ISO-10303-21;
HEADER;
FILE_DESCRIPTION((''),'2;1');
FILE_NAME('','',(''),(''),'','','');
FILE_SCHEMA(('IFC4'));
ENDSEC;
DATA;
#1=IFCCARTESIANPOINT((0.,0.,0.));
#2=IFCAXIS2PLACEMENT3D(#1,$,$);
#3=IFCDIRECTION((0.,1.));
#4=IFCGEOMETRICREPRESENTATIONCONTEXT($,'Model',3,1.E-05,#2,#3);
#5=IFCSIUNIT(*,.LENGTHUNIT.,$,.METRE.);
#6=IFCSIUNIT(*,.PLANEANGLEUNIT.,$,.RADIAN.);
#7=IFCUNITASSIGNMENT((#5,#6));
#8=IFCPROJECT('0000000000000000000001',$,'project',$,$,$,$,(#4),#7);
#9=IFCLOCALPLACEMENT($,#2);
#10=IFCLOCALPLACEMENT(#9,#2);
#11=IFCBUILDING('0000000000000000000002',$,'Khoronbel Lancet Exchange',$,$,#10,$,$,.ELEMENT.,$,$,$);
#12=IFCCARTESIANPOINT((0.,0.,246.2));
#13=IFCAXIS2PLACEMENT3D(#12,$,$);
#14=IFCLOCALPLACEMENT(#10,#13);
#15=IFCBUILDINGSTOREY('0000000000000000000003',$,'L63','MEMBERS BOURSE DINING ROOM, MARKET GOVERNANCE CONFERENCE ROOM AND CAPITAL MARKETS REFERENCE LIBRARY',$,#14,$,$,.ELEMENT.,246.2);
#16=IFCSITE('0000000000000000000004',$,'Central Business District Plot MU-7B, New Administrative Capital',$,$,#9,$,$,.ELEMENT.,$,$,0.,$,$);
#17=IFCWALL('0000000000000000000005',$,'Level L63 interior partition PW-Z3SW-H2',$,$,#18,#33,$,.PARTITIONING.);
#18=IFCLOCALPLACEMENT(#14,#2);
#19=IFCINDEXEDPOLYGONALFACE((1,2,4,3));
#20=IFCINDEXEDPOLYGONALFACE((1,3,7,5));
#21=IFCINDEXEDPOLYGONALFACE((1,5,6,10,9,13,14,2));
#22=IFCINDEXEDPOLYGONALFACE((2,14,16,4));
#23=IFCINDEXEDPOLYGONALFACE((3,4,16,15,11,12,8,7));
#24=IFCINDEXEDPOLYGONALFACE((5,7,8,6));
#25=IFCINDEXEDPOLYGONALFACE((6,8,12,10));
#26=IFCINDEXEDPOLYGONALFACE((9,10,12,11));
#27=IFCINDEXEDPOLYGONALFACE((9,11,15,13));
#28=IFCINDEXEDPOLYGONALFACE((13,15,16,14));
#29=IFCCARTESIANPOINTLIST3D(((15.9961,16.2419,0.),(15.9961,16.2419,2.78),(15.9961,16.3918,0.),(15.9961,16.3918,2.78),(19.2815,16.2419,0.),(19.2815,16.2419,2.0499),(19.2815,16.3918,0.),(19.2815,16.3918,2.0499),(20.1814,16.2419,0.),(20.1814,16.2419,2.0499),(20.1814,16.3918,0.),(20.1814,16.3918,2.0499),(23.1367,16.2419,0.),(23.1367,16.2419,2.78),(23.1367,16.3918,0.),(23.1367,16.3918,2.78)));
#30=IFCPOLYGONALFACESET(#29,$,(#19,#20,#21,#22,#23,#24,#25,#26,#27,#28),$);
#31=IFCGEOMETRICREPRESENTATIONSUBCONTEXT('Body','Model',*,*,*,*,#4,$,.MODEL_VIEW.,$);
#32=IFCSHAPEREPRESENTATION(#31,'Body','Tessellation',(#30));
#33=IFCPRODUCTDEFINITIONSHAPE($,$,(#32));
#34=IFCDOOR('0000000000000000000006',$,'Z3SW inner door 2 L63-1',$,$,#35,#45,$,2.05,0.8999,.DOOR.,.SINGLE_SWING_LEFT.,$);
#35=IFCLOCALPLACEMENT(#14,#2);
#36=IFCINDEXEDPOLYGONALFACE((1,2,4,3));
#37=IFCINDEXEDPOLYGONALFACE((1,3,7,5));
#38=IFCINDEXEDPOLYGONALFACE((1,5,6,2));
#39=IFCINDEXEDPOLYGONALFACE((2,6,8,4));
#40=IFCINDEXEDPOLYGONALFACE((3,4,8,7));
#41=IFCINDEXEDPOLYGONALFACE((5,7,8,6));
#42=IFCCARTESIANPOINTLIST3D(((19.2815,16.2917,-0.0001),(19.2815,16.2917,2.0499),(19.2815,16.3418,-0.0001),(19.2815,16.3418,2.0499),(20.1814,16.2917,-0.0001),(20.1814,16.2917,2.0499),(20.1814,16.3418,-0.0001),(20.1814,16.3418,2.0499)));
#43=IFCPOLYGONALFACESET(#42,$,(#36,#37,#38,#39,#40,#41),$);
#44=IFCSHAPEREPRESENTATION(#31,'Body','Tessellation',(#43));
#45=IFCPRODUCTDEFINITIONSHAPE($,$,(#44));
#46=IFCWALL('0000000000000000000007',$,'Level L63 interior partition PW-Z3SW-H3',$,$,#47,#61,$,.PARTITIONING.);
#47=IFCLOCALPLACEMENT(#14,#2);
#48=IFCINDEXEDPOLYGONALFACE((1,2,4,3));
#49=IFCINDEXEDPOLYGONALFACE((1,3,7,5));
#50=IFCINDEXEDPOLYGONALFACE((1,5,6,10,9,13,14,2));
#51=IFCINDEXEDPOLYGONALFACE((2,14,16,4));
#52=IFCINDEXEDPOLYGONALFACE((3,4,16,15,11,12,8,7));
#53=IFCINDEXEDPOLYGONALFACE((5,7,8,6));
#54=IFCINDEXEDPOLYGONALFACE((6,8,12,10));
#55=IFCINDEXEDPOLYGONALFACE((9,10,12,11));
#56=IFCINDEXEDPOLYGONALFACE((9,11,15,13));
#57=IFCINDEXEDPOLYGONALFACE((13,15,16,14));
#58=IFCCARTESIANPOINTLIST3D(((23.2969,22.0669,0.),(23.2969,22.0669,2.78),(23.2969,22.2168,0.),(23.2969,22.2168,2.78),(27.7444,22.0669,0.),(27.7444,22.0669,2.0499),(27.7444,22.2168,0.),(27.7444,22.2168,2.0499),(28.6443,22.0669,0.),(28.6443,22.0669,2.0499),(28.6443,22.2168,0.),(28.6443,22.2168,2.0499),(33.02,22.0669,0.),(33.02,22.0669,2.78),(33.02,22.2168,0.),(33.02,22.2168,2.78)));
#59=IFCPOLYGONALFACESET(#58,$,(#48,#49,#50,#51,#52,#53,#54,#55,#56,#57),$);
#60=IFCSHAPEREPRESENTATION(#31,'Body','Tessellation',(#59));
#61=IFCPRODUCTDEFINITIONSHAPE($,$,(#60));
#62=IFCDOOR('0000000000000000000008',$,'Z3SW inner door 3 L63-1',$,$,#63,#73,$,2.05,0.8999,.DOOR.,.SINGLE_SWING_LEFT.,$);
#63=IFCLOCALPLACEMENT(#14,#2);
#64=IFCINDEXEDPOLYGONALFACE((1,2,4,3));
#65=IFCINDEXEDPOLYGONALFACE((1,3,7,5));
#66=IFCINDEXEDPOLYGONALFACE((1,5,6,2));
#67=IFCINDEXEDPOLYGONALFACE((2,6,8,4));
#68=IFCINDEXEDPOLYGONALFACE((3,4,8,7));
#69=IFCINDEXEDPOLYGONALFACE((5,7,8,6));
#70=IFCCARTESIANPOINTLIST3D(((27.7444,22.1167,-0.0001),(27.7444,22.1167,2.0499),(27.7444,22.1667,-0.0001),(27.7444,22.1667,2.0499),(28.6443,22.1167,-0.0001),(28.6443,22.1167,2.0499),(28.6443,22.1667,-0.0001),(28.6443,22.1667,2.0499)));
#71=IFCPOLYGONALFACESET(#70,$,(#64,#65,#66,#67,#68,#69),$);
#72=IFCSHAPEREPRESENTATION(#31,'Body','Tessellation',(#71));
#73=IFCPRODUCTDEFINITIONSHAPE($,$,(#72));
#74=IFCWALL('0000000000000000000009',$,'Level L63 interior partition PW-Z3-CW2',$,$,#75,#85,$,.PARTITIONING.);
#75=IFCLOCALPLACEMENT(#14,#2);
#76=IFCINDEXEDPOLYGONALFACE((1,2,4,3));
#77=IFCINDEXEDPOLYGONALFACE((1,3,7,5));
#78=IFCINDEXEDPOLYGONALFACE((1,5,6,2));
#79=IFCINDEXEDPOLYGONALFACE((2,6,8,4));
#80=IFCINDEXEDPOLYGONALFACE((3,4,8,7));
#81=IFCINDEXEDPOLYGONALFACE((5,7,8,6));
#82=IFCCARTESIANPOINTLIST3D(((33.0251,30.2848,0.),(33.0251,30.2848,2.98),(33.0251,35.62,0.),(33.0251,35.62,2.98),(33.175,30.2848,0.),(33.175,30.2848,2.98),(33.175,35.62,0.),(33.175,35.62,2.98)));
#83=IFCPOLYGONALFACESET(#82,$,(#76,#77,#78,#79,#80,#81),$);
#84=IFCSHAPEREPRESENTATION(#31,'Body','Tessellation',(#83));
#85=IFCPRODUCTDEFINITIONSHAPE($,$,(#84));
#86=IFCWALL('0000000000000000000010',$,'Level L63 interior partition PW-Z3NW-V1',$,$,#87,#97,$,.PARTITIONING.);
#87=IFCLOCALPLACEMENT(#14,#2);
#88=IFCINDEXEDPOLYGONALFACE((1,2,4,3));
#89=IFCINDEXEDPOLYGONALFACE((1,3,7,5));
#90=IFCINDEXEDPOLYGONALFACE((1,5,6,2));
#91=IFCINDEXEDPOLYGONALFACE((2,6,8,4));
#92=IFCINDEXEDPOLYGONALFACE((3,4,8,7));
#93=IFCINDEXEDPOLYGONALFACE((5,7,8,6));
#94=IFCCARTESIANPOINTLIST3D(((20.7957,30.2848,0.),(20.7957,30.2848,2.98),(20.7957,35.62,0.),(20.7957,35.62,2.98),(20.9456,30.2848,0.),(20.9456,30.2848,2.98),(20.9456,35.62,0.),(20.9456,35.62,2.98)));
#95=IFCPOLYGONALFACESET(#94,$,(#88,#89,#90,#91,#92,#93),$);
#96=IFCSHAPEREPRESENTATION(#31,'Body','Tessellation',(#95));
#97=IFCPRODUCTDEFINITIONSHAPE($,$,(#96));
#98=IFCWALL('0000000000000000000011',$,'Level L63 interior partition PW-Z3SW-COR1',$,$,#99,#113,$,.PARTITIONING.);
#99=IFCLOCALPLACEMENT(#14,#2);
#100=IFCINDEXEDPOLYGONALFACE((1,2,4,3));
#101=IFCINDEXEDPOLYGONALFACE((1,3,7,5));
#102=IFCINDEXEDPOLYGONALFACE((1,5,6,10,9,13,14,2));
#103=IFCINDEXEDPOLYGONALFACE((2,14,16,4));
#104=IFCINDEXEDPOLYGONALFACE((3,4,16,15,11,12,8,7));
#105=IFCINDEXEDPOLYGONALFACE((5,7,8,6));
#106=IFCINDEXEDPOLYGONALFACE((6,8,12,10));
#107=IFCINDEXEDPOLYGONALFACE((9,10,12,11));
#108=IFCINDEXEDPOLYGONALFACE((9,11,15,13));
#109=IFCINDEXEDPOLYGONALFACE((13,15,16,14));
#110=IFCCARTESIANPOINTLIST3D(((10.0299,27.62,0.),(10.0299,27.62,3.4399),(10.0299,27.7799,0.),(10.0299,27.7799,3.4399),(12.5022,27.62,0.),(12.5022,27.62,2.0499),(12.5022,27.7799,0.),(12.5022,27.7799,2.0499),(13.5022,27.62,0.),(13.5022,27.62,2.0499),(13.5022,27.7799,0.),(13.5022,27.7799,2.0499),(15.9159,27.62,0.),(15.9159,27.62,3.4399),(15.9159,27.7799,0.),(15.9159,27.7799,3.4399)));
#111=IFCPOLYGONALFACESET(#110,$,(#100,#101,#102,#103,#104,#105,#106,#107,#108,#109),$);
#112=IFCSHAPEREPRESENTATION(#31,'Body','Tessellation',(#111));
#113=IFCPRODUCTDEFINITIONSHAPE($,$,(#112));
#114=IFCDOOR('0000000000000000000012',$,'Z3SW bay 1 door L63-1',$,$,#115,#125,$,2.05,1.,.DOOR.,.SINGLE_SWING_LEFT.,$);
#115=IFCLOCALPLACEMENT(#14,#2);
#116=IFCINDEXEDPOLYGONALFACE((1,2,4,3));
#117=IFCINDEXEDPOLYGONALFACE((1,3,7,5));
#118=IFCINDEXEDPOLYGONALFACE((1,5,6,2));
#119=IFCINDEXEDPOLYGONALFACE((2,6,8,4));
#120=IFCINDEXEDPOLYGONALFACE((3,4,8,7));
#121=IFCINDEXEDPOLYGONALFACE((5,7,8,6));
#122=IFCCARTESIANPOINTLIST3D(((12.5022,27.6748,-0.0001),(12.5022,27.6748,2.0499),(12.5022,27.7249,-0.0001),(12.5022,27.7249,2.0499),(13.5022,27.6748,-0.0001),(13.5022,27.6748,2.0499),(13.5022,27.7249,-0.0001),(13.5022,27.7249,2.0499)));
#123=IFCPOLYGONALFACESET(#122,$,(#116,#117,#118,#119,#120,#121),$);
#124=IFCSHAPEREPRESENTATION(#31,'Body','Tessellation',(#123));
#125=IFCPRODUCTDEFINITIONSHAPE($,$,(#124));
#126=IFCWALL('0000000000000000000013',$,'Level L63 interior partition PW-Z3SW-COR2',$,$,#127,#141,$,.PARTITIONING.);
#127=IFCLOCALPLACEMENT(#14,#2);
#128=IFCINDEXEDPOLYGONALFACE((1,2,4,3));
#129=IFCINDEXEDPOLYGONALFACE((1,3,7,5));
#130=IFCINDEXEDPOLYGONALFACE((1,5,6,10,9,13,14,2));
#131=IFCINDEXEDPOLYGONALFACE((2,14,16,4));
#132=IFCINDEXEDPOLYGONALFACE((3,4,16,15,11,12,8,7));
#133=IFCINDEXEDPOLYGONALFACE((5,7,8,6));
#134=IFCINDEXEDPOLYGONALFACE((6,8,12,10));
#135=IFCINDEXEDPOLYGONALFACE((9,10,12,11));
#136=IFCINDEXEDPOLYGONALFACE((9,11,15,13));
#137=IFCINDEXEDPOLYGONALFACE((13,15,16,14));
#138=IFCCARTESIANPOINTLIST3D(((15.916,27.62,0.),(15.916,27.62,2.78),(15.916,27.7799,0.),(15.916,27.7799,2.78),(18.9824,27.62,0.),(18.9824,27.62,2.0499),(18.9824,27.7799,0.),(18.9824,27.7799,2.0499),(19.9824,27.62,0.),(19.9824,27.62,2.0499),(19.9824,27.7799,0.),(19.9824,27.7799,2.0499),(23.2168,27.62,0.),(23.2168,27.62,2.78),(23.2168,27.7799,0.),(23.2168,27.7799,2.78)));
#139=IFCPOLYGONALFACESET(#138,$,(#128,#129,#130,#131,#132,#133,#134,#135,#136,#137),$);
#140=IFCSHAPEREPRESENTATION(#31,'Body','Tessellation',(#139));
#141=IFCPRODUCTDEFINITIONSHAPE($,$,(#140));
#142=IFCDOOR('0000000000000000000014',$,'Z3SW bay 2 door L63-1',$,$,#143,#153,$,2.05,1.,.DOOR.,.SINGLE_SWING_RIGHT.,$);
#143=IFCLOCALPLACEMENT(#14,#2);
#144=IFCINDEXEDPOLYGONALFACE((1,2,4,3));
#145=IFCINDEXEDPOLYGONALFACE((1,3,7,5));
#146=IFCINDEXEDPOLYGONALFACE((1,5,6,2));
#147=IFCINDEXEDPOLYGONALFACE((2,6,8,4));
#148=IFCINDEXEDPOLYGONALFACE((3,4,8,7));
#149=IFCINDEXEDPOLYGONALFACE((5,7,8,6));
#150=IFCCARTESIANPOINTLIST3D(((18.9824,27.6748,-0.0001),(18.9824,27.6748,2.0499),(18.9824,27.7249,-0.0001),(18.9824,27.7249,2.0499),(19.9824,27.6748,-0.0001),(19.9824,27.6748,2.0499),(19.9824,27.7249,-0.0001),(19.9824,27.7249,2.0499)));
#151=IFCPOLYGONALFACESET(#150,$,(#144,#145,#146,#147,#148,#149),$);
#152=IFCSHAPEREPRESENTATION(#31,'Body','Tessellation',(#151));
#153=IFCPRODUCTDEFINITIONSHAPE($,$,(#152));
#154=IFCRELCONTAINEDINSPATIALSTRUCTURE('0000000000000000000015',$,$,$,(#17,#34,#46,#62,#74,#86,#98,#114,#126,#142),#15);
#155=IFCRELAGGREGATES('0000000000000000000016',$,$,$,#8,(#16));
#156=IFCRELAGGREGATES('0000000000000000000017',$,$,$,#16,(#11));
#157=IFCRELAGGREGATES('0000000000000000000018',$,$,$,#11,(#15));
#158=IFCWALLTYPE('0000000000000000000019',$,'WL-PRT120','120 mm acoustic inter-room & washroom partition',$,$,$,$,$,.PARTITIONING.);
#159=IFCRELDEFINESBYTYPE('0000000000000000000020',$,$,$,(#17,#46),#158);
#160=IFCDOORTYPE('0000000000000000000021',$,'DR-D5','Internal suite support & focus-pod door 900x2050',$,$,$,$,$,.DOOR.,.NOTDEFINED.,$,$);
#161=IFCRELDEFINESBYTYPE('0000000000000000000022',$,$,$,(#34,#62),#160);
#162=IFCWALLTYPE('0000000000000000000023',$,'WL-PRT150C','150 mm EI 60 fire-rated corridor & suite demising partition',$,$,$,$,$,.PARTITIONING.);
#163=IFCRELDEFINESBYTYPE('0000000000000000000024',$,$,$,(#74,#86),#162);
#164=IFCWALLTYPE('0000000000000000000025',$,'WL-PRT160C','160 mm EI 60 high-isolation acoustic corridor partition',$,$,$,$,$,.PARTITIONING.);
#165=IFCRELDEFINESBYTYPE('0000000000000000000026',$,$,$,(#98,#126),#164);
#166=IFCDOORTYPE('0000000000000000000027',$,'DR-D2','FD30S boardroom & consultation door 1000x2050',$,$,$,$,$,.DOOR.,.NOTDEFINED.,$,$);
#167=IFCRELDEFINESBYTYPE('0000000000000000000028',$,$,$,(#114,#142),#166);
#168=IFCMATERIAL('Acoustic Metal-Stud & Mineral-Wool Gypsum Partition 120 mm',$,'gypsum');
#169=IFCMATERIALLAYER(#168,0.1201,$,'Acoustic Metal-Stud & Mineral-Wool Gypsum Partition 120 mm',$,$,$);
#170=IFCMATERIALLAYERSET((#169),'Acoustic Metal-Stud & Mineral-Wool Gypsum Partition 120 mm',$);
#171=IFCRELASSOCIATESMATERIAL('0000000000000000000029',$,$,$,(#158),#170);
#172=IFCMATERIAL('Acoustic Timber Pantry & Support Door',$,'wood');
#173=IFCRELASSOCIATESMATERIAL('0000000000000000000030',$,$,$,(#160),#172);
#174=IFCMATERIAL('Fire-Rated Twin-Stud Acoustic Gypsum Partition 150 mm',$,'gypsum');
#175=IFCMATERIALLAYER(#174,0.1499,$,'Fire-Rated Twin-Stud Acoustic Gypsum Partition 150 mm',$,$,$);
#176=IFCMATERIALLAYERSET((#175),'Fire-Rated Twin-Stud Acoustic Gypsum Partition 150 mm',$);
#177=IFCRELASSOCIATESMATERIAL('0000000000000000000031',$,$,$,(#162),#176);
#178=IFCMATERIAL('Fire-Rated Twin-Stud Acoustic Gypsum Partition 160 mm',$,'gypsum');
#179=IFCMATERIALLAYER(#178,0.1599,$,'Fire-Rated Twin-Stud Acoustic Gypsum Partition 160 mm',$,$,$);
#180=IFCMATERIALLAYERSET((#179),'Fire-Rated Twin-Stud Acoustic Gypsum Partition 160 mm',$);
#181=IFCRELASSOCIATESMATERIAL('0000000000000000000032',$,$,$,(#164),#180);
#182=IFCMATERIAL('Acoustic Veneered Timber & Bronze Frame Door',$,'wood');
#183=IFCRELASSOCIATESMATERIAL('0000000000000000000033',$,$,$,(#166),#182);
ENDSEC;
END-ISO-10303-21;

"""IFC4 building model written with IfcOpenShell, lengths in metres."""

from ifc_helpers import new_model, si_unit, direction, frame, frame_2d, origin, place, context, subcontext, project, spatial, rectangle, extrude, material, layer, layer_set, type_object, element, fill, save


model = new_model("IFC4")

# Units and contexts
model_context = context("Model", 3, precision=1e-05, world=origin(), true_north=direction((0.0, 1.0)))
body_context = subcontext(model_context, "Body", "Model", "MODEL_VIEW")
ifc_project = project(units=[si_unit("LENGTHUNIT", "METRE"), si_unit("PLANEANGLEUNIT", "RADIAN")], contexts=[model_context])

# Site, building, storey
site_placement = place(None, origin())
site = spatial("IfcSite", under=ifc_project, at=site_placement, Name="Central Business District Plot MU-7B, New Administrative Capital", CompositionType="ELEMENT", RefElevation=0.0)
building_placement = place(site_placement, origin())
building = spatial("IfcBuilding", under=site, at=building_placement, Name="Khoronbel Lancet Exchange", CompositionType="ELEMENT")
storey_placement = place(building_placement, frame((0.0, 0.0, 246.2)))
storey = spatial("IfcBuildingStorey", under=building, at=storey_placement, Name="L63", Description="MEMBERS BOURSE DINING ROOM, MARKET GOVERNANCE CONFERENCE ROOM AND CAPITAL MARKETS REFERENCE LIBRARY", CompositionType="ELEMENT", Elevation=246.2)

# Walls, openings, doors
ifc_material_1 = material(Name="Acoustic Metal-Stud & Mineral-Wool Gypsum Partition 120 mm", Category="gypsum")
ifc_layer_1 = layer(ifc_material_1, 0.1201, Name="Acoustic Metal-Stud & Mineral-Wool Gypsum Partition 120 mm")
ifc_layer_set_1 = layer_set([ifc_layer_1], Name="Acoustic Metal-Stud & Mineral-Wool Gypsum Partition 120 mm")
wall_type_1 = type_object("IfcWallType", Name="WL-PRT120", Description="120 mm acoustic inter-room & washroom partition", PredefinedType="PARTITIONING", material=ifc_layer_set_1)
wall_1_placement = place(storey_placement, frame((15.9961, 16.3169, 0.0), z_axis=(0.0, 0.0, 1.0), x_axis=(1.0, 0.0, 0.0)))
wall_1 = element("IfcWall", 1, at=wall_1_placement, inside=storey, type_object=wall_type_1, Name="Level L63 interior partition PW-Z3SW-H2", PredefinedType="PARTITIONING", context=body_context, shape_type="SweptSolid", body=[
    extrude(rectangle(XDim=7.1406, YDim=0.1499, at=frame_2d((3.5703, 0.0))), origin(), (0.0, 0.0, 1.0), 2.78),
])
opening_1_placement = place(wall_1_placement, frame((3.2854, 0.0, 0.0)))
opening_1 = element("IfcOpeningElement", 2, at=opening_1_placement, cuts=wall_1, PredefinedType="OPENING", context=body_context, shape_type="SweptSolid", body=[
    extrude(rectangle(XDim=0.8999, YDim=2.05, at=frame_2d((0.45, 1.0249))), frame((0.0, 0.085, 0.0), z_axis=(0.0, -1.0, 0.0), x_axis=(1.0, 0.0, 0.0)), (0.0, 0.0, 1.0), 0.1699),
])
ifc_material_2 = material(Name="Acoustic Timber Pantry & Support Door", Category="wood")
door_type_1 = type_object("IfcDoorType", Name="DR-D5", Description="Internal suite support & focus-pod door 900x2050", OperationType="NOTDEFINED", PredefinedType="DOOR", material=ifc_material_2)
door_1_placement = place(opening_1_placement, origin())
door_1 = element("IfcDoor", 3, at=door_1_placement, inside=storey, type_object=door_type_1, Name="Z3SW inner door 2 L63-1", OperationType="SINGLE_SWING_LEFT", OverallHeight=2.05, OverallWidth=0.8999, PredefinedType="DOOR", context=body_context, shape_type="SweptSolid", body=[
    extrude(rectangle(XDim=0.8999, YDim=2.05, at=frame_2d((0.45, 1.0249))), frame((0.0, 0.0249, 0.0), z_axis=(0.0, -1.0, 0.0), x_axis=(1.0, 0.0, 0.0)), (0.0, 0.0, 1.0), 0.05),
])
fill(opening_1, door_1)
wall_2_placement = place(storey_placement, frame((23.2969, 22.1418, 0.0), z_axis=(0.0, 0.0, 1.0), x_axis=(1.0, 0.0, 0.0)))
wall_2 = element("IfcWall", 4, at=wall_2_placement, inside=storey, type_object=wall_type_1, Name="Level L63 interior partition PW-Z3SW-H3", PredefinedType="PARTITIONING", context=body_context, shape_type="SweptSolid", body=[
    extrude(rectangle(XDim=9.7231, YDim=0.1499, at=frame_2d((4.8616, 0.0))), origin(), (0.0, 0.0, 1.0), 2.78),
])
opening_2_placement = place(wall_2_placement, frame((4.4475, 0.0, 0.0)))
opening_2 = element("IfcOpeningElement", 5, at=opening_2_placement, cuts=wall_2, PredefinedType="OPENING", context=body_context, shape_type="SweptSolid", body=[
    extrude(rectangle(XDim=0.8999, YDim=2.05, at=frame_2d((0.45, 1.0249))), frame((0.0, 0.085, 0.0), z_axis=(0.0, -1.0, 0.0), x_axis=(1.0, 0.0, 0.0)), (0.0, 0.0, 1.0), 0.1699),
])
door_2_placement = place(opening_2_placement, origin())
door_2 = element("IfcDoor", 6, at=door_2_placement, inside=storey, type_object=door_type_1, Name="Z3SW inner door 3 L63-1", OperationType="SINGLE_SWING_LEFT", OverallHeight=2.05, OverallWidth=0.8999, PredefinedType="DOOR", context=body_context, shape_type="SweptSolid", body=[
    extrude(rectangle(XDim=0.8999, YDim=2.05, at=frame_2d((0.45, 1.0249))), frame((0.0, 0.0249, 0.0), z_axis=(0.0, -1.0, 0.0), x_axis=(1.0, 0.0, 0.0)), (0.0, 0.0, 1.0), 0.05),
])
fill(opening_2, door_2)

# Walls
ifc_material_3 = material(Name="Fire-Rated Twin-Stud Acoustic Gypsum Partition 150 mm", Category="gypsum")
ifc_layer_2 = layer(ifc_material_3, 0.1499, Name="Fire-Rated Twin-Stud Acoustic Gypsum Partition 150 mm")
ifc_layer_set_2 = layer_set([ifc_layer_2], Name="Fire-Rated Twin-Stud Acoustic Gypsum Partition 150 mm")
wall_type_2 = type_object("IfcWallType", Name="WL-PRT150C", Description="150 mm EI 60 fire-rated corridor & suite demising partition", PredefinedType="PARTITIONING", material=ifc_layer_set_2)
for number, where, z_axis, x_axis, name in (
    (7, (33.1001, 30.2849, 0.0), (0.0, 0.0, 1.0), (0.0, 1.0, 0.0), "Level L63 interior partition PW-Z3-CW2"),
    (8, (20.8706, 30.2849, 0.0), (0.0, 0.0, 1.0), (0.0, 1.0, 0.0), "Level L63 interior partition PW-Z3NW-V1"),
):
    element("IfcWall", number, at=place(storey_placement, frame(where, z_axis=z_axis, x_axis=x_axis)), inside=storey, type_object=wall_type_2, Name=name, PredefinedType="PARTITIONING", context=body_context, shape_type="SweptSolid", body=[
        extrude(rectangle(XDim=5.3352, YDim=0.1499, at=frame_2d((2.6675, 0.0))), origin(), (0.0, 0.0, 1.0), 2.98),
    ])

# Walls, openings, doors
ifc_material_4 = material(Name="Fire-Rated Twin-Stud Acoustic Gypsum Partition 160 mm", Category="gypsum")
ifc_layer_3 = layer(ifc_material_4, 0.1599, Name="Fire-Rated Twin-Stud Acoustic Gypsum Partition 160 mm")
ifc_layer_set_3 = layer_set([ifc_layer_3], Name="Fire-Rated Twin-Stud Acoustic Gypsum Partition 160 mm")
wall_type_3 = type_object("IfcWallType", Name="WL-PRT160C", Description="160 mm EI 60 high-isolation acoustic corridor partition", PredefinedType="PARTITIONING", material=ifc_layer_set_3)
wall_3_placement = place(storey_placement, frame((10.03, 27.7, 0.0), z_axis=(0.0, 0.0, 1.0), x_axis=(1.0, 0.0, 0.0)))
wall_3 = element("IfcWall", 9, at=wall_3_placement, inside=storey, type_object=wall_type_3, Name="Level L63 interior partition PW-Z3SW-COR1", PredefinedType="PARTITIONING", context=body_context, shape_type="SweptSolid", body=[
    extrude(rectangle(XDim=5.886, YDim=0.1599, at=frame_2d((2.9429, 0.0))), origin(), (0.0, 0.0, 1.0), 3.4399),
])
opening_3_placement = place(wall_3_placement, frame((2.4722, 0.0, 0.0)))
opening_3 = element("IfcOpeningElement", 10, at=opening_3_placement, cuts=wall_3, PredefinedType="OPENING", context=body_context, shape_type="SweptSolid", body=[
    extrude(rectangle(XDim=1.0, YDim=2.05, at=frame_2d((0.5, 1.0249))), frame((0.0, 0.0898, 0.0), z_axis=(0.0, -1.0, 0.0), x_axis=(1.0, 0.0, 0.0)), (0.0, 0.0, 1.0), 0.1799),
])
ifc_material_5 = material(Name="Acoustic Veneered Timber & Bronze Frame Door", Category="wood")
door_type_2 = type_object("IfcDoorType", Name="DR-D2", Description="FD30S boardroom & consultation door 1000x2050", OperationType="NOTDEFINED", PredefinedType="DOOR", material=ifc_material_5)
door_3_placement = place(opening_3_placement, origin())
door_3 = element("IfcDoor", 11, at=door_3_placement, inside=storey, type_object=door_type_2, Name="Z3SW bay 1 door L63-1", OperationType="SINGLE_SWING_LEFT", OverallHeight=2.05, OverallWidth=1.0, PredefinedType="DOOR", context=body_context, shape_type="SweptSolid", body=[
    extrude(rectangle(XDim=1.0, YDim=2.05, at=frame_2d((0.5, 1.0249))), frame((0.0, 0.0249, 0.0), z_axis=(0.0, -1.0, 0.0), x_axis=(1.0, 0.0, 0.0)), (0.0, 0.0, 1.0), 0.05),
])
fill(opening_3, door_3)
wall_4_placement = place(storey_placement, frame((15.916, 27.7, 0.0), z_axis=(0.0, 0.0, 1.0), x_axis=(1.0, 0.0, 0.0)))
wall_4 = element("IfcWall", 12, at=wall_4_placement, inside=storey, type_object=wall_type_3, Name="Level L63 interior partition PW-Z3SW-COR2", PredefinedType="PARTITIONING", context=body_context, shape_type="SweptSolid", body=[
    extrude(rectangle(XDim=7.3008, YDim=0.1599, at=frame_2d((3.6504, 0.0))), origin(), (0.0, 0.0, 1.0), 2.78),
])
opening_4_placement = place(wall_4_placement, frame((3.0664, 0.0, 0.0)))
opening_4 = element("IfcOpeningElement", 13, at=opening_4_placement, cuts=wall_4, PredefinedType="OPENING", context=body_context, shape_type="SweptSolid", body=[
    extrude(rectangle(XDim=1.0, YDim=2.05, at=frame_2d((0.5, 1.0249))), frame((0.0, 0.0898, 0.0), z_axis=(0.0, -1.0, 0.0), x_axis=(1.0, 0.0, 0.0)), (0.0, 0.0, 1.0), 0.1799),
])
door_4_placement = place(opening_4_placement, origin())
door_4 = element("IfcDoor", 14, at=door_4_placement, inside=storey, type_object=door_type_2, Name="Z3SW bay 2 door L63-1", OperationType="SINGLE_SWING_RIGHT", OverallHeight=2.05, OverallWidth=1.0, PredefinedType="DOOR", context=body_context, shape_type="SweptSolid", body=[
    extrude(rectangle(XDim=1.0, YDim=2.05, at=frame_2d((0.5, 1.0249))), frame((0.0, 0.0249, 0.0), z_axis=(0.0, -1.0, 0.0), x_axis=(1.0, 0.0, 0.0)), (0.0, 0.0, 1.0), 0.05),
])
fill(opening_4, door_4)

save(model, "model.ifc")
